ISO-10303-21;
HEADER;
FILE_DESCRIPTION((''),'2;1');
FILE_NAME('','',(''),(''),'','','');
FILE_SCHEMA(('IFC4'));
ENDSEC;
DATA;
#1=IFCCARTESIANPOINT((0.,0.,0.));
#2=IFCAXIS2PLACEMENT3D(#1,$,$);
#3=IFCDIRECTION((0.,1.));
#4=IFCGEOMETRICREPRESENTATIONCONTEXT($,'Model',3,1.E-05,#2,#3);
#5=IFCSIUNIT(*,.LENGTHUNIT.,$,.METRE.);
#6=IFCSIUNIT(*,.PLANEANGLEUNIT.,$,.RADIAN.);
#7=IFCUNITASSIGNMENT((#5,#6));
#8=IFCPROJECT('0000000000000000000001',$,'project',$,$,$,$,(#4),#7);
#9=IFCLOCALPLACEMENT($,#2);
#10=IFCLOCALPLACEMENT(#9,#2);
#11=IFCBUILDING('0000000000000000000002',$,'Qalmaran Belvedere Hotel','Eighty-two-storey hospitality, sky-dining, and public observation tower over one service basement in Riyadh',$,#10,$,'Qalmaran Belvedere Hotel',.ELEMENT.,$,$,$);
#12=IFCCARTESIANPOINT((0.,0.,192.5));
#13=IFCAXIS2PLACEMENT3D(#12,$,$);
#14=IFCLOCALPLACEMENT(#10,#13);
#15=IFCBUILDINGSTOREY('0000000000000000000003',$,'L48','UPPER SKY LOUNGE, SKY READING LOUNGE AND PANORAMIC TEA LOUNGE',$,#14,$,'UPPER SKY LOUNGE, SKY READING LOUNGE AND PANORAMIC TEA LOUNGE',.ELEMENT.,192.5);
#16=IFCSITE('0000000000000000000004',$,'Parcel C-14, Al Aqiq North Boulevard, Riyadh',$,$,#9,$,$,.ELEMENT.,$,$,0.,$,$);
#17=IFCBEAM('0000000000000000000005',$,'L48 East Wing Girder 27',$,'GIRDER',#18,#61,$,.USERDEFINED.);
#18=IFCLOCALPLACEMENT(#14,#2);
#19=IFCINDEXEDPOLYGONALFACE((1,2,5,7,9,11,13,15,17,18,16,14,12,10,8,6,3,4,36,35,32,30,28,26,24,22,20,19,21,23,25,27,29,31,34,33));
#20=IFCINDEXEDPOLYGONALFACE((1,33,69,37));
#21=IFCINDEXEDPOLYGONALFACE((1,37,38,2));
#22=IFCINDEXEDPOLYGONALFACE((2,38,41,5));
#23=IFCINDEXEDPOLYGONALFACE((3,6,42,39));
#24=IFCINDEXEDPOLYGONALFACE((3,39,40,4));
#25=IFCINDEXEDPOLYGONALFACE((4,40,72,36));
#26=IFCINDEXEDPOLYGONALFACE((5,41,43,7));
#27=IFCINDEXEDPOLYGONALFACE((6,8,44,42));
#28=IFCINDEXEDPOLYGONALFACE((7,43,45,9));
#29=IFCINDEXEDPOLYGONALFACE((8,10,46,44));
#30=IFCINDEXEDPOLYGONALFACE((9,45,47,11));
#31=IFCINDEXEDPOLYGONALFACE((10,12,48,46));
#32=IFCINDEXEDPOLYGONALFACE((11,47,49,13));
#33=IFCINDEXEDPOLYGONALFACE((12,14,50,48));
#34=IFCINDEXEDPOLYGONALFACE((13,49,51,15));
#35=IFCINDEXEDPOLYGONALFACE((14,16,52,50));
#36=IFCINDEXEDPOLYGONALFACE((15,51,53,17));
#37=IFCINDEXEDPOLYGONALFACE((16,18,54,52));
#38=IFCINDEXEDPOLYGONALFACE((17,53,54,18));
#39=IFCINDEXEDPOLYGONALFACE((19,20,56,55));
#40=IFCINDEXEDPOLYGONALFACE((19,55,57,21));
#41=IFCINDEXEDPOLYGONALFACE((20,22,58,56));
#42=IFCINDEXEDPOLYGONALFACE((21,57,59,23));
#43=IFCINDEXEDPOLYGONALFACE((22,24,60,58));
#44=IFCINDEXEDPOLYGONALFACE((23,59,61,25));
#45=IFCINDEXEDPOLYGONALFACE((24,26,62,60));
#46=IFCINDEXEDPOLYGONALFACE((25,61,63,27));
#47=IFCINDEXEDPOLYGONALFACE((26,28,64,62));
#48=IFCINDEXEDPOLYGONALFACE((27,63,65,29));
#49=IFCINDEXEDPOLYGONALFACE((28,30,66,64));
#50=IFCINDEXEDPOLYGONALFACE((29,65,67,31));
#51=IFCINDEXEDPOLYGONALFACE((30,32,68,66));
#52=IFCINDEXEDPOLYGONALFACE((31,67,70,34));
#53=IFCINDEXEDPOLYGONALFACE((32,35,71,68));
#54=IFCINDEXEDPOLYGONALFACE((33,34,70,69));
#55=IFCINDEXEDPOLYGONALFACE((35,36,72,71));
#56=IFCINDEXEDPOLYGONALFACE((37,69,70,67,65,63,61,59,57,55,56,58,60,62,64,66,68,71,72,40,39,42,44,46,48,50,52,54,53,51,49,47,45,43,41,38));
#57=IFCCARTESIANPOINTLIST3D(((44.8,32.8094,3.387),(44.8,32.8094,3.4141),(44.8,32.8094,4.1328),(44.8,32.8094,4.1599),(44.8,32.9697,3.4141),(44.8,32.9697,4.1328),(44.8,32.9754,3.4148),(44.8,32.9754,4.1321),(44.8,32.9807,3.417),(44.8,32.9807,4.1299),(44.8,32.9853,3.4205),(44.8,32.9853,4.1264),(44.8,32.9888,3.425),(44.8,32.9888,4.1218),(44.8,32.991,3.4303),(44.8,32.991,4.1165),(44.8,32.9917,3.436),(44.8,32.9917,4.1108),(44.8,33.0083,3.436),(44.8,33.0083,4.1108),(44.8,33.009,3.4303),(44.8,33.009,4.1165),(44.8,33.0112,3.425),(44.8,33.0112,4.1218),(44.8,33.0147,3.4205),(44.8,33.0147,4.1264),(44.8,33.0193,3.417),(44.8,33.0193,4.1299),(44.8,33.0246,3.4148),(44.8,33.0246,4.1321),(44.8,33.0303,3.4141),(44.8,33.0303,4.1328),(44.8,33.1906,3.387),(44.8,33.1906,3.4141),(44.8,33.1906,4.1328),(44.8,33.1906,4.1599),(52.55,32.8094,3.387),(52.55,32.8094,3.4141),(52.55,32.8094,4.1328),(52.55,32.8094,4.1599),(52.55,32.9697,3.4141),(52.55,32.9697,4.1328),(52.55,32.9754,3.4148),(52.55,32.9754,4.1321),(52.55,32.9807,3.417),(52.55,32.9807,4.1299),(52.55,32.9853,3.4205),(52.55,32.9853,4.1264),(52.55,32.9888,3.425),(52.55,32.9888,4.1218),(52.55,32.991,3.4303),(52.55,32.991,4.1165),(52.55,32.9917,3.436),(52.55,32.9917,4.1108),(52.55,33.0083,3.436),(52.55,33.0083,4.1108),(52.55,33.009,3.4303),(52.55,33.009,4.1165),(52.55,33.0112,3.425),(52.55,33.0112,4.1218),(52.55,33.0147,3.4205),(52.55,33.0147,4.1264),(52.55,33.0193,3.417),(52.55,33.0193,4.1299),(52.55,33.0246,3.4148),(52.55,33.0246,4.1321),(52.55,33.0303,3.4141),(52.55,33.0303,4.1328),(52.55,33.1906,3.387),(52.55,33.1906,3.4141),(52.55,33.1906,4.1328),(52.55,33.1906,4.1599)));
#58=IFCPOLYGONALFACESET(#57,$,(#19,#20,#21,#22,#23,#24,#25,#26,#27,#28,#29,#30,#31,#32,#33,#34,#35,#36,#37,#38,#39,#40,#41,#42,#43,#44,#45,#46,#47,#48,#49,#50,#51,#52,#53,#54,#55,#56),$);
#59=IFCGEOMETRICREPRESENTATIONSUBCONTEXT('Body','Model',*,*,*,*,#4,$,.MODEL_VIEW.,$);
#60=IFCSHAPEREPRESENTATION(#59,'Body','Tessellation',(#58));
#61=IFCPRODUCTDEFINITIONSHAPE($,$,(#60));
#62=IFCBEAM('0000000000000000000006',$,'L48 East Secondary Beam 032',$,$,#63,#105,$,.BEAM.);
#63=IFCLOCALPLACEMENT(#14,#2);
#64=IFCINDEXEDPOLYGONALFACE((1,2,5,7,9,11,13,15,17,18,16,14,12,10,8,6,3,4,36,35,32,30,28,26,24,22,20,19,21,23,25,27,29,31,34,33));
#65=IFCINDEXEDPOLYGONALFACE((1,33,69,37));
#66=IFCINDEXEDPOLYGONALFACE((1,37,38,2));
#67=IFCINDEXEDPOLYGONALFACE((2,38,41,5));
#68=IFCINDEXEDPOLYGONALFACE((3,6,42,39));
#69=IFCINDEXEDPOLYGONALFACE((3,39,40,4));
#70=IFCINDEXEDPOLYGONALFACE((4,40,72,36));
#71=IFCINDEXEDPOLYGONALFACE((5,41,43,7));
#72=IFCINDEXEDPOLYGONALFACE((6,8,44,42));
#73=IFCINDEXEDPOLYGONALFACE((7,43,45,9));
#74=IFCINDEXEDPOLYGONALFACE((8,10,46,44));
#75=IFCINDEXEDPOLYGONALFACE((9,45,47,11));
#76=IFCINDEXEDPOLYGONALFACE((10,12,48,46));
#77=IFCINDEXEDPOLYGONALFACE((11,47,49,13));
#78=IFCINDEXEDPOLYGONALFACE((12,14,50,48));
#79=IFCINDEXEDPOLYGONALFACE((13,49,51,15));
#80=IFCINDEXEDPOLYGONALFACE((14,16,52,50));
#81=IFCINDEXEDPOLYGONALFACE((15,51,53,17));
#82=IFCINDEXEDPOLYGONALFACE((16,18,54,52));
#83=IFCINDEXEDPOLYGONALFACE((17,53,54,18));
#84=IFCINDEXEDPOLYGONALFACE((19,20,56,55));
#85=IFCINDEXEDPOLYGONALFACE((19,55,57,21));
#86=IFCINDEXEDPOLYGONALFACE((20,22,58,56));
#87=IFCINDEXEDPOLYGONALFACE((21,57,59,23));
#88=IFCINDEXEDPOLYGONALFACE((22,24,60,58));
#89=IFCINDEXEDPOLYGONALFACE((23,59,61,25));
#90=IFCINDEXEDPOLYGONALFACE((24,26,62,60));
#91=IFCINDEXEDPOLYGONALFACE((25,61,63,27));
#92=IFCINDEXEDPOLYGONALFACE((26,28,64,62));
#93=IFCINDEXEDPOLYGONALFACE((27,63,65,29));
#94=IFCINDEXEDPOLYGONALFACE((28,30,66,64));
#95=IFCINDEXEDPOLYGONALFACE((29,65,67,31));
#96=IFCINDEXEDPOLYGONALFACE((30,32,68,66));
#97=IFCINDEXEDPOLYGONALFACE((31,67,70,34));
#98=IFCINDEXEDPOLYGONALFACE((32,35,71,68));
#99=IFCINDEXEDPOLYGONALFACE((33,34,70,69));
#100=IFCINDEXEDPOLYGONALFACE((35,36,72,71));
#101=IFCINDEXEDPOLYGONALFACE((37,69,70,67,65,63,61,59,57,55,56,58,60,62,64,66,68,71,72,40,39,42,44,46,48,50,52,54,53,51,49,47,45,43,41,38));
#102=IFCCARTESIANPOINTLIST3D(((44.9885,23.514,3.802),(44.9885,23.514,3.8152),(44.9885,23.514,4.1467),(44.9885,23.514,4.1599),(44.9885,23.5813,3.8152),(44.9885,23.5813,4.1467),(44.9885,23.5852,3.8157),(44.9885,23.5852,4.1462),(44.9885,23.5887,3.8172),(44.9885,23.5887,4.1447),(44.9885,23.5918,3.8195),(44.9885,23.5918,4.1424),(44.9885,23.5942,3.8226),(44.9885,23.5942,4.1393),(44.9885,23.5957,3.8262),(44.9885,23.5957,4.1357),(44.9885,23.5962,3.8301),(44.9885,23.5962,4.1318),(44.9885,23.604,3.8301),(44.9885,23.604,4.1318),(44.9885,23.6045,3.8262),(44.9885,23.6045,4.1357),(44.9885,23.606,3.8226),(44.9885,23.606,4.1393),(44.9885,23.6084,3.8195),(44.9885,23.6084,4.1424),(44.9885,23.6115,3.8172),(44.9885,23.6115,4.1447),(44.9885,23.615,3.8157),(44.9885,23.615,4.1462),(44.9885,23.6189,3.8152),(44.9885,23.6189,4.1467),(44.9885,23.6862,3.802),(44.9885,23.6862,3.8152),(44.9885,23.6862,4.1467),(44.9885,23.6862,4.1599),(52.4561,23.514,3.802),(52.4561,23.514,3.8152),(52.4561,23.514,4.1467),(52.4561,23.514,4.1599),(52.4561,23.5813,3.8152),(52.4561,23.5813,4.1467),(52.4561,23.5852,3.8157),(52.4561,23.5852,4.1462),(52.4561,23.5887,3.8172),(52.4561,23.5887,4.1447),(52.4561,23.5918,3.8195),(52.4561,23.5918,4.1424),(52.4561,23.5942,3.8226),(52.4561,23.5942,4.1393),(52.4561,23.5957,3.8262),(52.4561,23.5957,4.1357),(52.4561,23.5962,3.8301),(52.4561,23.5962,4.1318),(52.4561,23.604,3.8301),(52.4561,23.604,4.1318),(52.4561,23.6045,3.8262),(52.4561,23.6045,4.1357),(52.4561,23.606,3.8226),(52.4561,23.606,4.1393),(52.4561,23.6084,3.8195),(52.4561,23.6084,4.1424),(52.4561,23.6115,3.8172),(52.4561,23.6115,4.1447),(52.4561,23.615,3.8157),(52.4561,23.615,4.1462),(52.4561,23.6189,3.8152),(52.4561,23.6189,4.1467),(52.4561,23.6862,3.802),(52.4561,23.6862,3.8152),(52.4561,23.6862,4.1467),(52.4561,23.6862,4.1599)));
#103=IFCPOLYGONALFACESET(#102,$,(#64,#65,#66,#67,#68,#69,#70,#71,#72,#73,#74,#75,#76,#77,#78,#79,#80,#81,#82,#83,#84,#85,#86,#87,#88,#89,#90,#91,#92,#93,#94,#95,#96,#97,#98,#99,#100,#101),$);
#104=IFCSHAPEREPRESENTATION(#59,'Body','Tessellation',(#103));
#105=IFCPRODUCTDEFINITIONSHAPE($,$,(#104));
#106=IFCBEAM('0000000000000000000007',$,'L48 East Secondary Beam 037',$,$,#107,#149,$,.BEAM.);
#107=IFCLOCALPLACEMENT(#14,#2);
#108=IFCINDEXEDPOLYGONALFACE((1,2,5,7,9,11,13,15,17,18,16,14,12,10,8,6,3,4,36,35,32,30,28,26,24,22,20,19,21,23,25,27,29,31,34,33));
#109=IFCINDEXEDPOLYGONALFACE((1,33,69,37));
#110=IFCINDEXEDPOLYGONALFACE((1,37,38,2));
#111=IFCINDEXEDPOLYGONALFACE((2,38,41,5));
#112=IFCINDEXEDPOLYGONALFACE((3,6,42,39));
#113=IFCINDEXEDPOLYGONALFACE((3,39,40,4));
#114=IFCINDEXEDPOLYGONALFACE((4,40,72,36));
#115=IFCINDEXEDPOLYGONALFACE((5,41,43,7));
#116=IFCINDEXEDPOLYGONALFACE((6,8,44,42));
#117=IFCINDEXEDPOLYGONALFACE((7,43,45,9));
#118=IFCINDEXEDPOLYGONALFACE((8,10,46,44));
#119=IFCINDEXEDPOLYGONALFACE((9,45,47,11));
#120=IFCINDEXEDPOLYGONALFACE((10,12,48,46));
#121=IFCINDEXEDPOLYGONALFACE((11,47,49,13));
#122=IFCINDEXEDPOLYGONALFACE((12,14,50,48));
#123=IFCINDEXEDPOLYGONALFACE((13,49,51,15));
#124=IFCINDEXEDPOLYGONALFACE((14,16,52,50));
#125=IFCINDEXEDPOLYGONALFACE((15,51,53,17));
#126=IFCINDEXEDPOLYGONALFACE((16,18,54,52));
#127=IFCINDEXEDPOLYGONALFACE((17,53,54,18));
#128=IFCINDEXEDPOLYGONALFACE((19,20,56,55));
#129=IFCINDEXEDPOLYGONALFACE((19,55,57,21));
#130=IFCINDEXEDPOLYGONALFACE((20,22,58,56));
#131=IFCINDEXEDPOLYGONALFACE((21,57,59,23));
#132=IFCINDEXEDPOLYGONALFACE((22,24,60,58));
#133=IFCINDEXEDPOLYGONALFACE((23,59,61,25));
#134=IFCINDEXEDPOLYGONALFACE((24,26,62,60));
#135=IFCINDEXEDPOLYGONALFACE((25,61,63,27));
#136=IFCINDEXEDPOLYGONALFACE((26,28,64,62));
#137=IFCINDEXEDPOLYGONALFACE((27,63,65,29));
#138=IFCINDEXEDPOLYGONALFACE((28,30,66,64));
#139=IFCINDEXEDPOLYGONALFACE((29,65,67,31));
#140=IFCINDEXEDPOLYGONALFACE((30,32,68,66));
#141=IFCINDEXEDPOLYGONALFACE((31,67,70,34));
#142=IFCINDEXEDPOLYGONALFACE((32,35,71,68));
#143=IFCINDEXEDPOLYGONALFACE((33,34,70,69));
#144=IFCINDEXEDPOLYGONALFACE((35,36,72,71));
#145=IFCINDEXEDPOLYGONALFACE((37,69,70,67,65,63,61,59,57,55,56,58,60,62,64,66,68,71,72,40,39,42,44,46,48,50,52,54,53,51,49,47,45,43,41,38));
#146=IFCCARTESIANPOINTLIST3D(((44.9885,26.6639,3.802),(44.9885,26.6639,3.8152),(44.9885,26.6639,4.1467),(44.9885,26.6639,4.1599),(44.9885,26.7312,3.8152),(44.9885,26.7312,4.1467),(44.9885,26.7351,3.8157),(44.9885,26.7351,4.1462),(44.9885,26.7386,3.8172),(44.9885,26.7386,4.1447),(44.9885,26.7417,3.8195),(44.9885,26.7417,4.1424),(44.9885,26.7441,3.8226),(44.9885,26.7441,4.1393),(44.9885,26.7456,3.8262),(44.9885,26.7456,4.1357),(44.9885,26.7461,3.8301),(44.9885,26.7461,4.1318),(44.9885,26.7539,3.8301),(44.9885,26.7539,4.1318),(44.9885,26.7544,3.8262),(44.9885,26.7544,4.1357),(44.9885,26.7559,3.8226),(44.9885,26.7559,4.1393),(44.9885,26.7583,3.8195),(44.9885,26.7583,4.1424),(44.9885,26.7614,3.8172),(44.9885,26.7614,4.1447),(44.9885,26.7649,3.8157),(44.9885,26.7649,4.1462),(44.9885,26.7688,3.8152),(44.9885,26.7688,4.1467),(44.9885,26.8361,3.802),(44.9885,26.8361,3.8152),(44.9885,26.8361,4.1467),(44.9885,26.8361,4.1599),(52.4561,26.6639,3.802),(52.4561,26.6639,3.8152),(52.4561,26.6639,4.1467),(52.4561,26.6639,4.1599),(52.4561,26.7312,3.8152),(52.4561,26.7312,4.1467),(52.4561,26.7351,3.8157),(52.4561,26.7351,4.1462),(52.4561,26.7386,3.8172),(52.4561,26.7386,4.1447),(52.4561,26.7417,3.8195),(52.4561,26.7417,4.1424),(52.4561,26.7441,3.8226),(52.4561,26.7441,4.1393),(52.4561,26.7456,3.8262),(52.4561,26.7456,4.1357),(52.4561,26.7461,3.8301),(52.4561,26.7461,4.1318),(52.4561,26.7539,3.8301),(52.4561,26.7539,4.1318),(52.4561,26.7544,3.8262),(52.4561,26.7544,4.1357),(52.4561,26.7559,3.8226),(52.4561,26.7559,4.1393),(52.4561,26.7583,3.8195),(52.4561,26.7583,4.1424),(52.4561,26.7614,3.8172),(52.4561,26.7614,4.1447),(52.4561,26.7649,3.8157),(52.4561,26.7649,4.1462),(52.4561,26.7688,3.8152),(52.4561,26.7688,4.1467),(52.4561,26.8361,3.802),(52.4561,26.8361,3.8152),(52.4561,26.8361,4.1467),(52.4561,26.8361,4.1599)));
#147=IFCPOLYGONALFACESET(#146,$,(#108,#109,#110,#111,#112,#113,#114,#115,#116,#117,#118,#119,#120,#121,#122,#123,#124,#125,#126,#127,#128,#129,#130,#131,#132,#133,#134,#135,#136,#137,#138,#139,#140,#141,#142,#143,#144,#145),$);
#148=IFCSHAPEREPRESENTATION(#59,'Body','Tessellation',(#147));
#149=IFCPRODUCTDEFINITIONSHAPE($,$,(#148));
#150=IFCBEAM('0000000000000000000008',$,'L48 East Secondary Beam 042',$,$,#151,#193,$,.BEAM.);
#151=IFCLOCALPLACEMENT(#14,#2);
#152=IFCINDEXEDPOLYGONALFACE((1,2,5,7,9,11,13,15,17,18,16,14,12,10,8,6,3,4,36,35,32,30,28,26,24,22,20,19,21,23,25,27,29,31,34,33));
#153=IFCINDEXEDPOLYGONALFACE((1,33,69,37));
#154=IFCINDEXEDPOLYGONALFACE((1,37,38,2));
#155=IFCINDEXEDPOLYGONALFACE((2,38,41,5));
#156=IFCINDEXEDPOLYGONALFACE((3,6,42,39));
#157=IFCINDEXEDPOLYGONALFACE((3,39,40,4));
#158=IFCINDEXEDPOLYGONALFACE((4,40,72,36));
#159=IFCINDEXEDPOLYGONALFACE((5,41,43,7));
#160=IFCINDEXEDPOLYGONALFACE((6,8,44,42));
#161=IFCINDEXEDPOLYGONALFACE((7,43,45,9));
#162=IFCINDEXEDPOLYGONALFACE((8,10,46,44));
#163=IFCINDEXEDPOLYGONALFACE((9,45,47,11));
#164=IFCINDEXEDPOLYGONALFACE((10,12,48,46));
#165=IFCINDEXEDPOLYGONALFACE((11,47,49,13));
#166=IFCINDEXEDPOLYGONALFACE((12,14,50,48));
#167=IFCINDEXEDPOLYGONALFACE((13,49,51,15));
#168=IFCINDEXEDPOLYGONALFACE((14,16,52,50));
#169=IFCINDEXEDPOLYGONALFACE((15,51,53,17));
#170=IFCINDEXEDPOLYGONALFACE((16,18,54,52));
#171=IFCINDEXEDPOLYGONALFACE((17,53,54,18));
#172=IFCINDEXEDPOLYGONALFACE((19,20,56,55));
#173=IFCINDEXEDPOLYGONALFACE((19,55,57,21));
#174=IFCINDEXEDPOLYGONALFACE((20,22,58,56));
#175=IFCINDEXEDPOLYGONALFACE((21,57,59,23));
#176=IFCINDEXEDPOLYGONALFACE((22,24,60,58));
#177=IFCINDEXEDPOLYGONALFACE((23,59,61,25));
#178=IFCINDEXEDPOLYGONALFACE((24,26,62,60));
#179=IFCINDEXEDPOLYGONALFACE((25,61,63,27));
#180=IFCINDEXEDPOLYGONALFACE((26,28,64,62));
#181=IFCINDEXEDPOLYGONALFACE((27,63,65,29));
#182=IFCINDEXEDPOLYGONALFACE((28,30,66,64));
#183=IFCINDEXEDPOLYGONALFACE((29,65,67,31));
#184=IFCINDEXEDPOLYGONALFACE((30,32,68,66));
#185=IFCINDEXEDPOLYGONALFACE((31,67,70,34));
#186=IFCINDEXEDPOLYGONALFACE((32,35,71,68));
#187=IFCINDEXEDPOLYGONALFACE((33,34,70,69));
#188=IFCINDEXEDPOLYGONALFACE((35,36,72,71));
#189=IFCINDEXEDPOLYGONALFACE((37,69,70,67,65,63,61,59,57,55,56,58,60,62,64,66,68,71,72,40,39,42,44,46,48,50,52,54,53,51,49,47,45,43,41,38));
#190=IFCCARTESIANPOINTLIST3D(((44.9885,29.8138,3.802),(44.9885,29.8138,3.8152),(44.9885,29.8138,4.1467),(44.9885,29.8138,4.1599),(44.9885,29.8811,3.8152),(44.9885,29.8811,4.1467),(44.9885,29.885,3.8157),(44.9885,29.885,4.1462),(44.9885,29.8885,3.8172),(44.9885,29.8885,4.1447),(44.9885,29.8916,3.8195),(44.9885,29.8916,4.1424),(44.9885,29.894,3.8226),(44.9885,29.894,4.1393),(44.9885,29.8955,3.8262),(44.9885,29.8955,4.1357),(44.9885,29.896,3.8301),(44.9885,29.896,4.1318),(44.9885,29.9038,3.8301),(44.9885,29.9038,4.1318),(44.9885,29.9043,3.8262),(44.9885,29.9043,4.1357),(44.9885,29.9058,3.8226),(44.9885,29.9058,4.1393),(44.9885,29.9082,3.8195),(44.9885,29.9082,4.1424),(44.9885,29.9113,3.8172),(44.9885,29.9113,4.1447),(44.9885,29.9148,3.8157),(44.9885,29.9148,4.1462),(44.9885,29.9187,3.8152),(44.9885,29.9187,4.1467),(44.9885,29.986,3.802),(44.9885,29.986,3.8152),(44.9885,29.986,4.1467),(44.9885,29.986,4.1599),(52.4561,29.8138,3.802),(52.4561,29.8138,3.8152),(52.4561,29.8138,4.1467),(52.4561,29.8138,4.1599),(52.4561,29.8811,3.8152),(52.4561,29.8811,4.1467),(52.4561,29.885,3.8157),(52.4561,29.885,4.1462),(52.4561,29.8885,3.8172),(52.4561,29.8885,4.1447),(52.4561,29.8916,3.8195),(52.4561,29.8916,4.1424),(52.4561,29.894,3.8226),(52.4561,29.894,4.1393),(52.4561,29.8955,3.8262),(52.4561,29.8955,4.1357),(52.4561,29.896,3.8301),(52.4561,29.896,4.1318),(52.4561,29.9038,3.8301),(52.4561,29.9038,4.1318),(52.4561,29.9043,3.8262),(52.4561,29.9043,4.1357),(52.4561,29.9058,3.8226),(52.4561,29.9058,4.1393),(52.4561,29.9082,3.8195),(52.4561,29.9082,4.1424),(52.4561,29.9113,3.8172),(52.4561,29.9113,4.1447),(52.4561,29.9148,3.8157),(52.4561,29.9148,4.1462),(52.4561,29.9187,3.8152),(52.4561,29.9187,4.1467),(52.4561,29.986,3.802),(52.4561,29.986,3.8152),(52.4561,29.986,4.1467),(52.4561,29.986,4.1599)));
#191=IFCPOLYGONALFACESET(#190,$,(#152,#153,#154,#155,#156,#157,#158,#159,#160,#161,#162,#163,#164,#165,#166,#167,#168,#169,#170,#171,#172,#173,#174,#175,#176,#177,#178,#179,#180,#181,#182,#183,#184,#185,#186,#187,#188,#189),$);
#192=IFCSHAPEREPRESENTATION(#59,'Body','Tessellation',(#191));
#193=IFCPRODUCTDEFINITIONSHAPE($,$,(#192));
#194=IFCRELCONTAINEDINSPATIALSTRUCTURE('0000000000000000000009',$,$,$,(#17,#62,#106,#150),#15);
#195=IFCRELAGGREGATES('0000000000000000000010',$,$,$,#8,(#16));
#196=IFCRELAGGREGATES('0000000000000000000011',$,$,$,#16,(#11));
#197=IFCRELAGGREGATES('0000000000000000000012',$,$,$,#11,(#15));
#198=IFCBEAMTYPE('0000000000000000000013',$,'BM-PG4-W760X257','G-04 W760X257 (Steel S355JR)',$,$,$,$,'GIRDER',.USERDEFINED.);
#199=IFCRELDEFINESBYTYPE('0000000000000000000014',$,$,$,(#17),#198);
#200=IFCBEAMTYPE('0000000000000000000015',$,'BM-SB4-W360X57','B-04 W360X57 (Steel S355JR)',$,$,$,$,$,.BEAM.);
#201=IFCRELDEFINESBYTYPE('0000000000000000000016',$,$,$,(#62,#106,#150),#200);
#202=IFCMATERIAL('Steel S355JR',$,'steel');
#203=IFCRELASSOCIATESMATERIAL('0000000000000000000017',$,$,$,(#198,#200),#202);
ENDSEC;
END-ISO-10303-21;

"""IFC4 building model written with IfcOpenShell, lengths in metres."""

from ifc_helpers import new_model, si_unit, direction, frame, origin, origin_2d, place, context, subcontext, project, spatial, i_section, extrude, material, material_profile, profile_set, type_object, element, save


model = new_model("IFC4")

# Units and contexts
model_context = context("Model", 3, precision=1e-05, world=origin(), true_north=direction((0.0, 1.0)))
body_context = subcontext(model_context, "Body", "Model", "MODEL_VIEW")
ifc_project = project(units=[si_unit("LENGTHUNIT", "METRE"), si_unit("PLANEANGLEUNIT", "RADIAN")], contexts=[model_context])

# Site, building, storey
site_placement = place(None, origin())
site = spatial("IfcSite", under=ifc_project, at=site_placement, Name="Parcel C-14, Al Aqiq North Boulevard, Riyadh", CompositionType="ELEMENT", RefElevation=0.0)
building_placement = place(site_placement, origin())
building = spatial("IfcBuilding", under=site, at=building_placement, Name="Qalmaran Belvedere Hotel", Description="Eighty-two-storey hospitality, sky-dining, and public observation tower over one service basement in Riyadh", LongName="Qalmaran Belvedere Hotel", CompositionType="ELEMENT")
storey_placement = place(building_placement, frame((0.0, 0.0, 192.5)))
storey = spatial("IfcBuildingStorey", under=building, at=storey_placement, Name="L48", Description="UPPER SKY LOUNGE, SKY READING LOUNGE AND PANORAMIC TEA LOUNGE", LongName="UPPER SKY LOUNGE, SKY READING LOUNGE AND PANORAMIC TEA LOUNGE", CompositionType="ELEMENT", Elevation=192.5)

# Beams
ifc_material_1 = material(Name="Steel S355JR", Category="steel")
ifc_material_profile_1 = material_profile(ifc_material_1, i_section(OverallWidth=0.3811, OverallDepth=0.7729, WebThickness=0.0166, FlangeThickness=0.0271, FilletRadius=0.022, at=origin_2d()), Name="W760X257")
ifc_profile_set_1 = profile_set([ifc_material_profile_1], Name="Steel S355JR")
beam_type_1 = type_object("IfcBeamType", Name="BM-PG4-W760X257", Description="G-04 W760X257 (Steel S355JR)", ElementType="GIRDER", PredefinedType="USERDEFINED", material=ifc_profile_set_1)
for number, where, z_axis, x_axis, name in (
    (1, (44.8, 33.0, 3.7734), (1.0, 0.0, 0.0), (0.0, 1.0, 0.0), "L48 East Wing Girder 27"),
):
    element("IfcBeam", number, at=place(storey_placement, frame(where, z_axis=z_axis, x_axis=x_axis)), inside=storey, type_object=beam_type_1, Name=name, ObjectType="GIRDER", PredefinedType="USERDEFINED", context=body_context, shape_type="SweptSolid", body=[
        extrude(i_section(OverallWidth=0.3811, OverallDepth=0.7729, WebThickness=0.0166, FlangeThickness=0.0271, FilletRadius=0.022, at=origin_2d()), origin(), (0.0, 0.0, 1.0), 7.75),
    ])
ifc_material_profile_2 = material_profile(ifc_material_1, i_section(OverallWidth=0.1721, OverallDepth=0.3579, WebThickness=0.0078, FlangeThickness=0.0132, FilletRadius=0.0149, at=origin_2d()), Name="W360X57")
ifc_profile_set_2 = profile_set([ifc_material_profile_2], Name="Steel S355JR")
beam_type_2 = type_object("IfcBeamType", Name="BM-SB4-W360X57", Description="B-04 W360X57 (Steel S355JR)", PredefinedType="BEAM", material=ifc_profile_set_2)
for number, where, z_axis, x_axis, name in (
    (2, (44.9885, 23.6001, 3.981), (1.0, 0.0, 0.0), (0.0, 1.0, 0.0), "L48 East Secondary Beam 032"),
    (3, (44.9885, 26.75, 3.981), (1.0, 0.0, 0.0), (0.0, 1.0, 0.0), "L48 East Secondary Beam 037"),
    (4, (44.9885, 29.8999, 3.981), (1.0, 0.0, 0.0), (0.0, 1.0, 0.0), "L48 East Secondary Beam 042"),
):
    element("IfcBeam", number, at=place(storey_placement, frame(where, z_axis=z_axis, x_axis=x_axis)), inside=storey, type_object=beam_type_2, Name=name, PredefinedType="BEAM", context=body_context, shape_type="SweptSolid", body=[
        extrude(i_section(OverallWidth=0.1721, OverallDepth=0.3579, WebThickness=0.0078, FlangeThickness=0.0132, FilletRadius=0.0149, at=origin_2d()), origin(), (0.0, 0.0, 1.0), 7.4675),
    ])

save(model, "model.ifc")
